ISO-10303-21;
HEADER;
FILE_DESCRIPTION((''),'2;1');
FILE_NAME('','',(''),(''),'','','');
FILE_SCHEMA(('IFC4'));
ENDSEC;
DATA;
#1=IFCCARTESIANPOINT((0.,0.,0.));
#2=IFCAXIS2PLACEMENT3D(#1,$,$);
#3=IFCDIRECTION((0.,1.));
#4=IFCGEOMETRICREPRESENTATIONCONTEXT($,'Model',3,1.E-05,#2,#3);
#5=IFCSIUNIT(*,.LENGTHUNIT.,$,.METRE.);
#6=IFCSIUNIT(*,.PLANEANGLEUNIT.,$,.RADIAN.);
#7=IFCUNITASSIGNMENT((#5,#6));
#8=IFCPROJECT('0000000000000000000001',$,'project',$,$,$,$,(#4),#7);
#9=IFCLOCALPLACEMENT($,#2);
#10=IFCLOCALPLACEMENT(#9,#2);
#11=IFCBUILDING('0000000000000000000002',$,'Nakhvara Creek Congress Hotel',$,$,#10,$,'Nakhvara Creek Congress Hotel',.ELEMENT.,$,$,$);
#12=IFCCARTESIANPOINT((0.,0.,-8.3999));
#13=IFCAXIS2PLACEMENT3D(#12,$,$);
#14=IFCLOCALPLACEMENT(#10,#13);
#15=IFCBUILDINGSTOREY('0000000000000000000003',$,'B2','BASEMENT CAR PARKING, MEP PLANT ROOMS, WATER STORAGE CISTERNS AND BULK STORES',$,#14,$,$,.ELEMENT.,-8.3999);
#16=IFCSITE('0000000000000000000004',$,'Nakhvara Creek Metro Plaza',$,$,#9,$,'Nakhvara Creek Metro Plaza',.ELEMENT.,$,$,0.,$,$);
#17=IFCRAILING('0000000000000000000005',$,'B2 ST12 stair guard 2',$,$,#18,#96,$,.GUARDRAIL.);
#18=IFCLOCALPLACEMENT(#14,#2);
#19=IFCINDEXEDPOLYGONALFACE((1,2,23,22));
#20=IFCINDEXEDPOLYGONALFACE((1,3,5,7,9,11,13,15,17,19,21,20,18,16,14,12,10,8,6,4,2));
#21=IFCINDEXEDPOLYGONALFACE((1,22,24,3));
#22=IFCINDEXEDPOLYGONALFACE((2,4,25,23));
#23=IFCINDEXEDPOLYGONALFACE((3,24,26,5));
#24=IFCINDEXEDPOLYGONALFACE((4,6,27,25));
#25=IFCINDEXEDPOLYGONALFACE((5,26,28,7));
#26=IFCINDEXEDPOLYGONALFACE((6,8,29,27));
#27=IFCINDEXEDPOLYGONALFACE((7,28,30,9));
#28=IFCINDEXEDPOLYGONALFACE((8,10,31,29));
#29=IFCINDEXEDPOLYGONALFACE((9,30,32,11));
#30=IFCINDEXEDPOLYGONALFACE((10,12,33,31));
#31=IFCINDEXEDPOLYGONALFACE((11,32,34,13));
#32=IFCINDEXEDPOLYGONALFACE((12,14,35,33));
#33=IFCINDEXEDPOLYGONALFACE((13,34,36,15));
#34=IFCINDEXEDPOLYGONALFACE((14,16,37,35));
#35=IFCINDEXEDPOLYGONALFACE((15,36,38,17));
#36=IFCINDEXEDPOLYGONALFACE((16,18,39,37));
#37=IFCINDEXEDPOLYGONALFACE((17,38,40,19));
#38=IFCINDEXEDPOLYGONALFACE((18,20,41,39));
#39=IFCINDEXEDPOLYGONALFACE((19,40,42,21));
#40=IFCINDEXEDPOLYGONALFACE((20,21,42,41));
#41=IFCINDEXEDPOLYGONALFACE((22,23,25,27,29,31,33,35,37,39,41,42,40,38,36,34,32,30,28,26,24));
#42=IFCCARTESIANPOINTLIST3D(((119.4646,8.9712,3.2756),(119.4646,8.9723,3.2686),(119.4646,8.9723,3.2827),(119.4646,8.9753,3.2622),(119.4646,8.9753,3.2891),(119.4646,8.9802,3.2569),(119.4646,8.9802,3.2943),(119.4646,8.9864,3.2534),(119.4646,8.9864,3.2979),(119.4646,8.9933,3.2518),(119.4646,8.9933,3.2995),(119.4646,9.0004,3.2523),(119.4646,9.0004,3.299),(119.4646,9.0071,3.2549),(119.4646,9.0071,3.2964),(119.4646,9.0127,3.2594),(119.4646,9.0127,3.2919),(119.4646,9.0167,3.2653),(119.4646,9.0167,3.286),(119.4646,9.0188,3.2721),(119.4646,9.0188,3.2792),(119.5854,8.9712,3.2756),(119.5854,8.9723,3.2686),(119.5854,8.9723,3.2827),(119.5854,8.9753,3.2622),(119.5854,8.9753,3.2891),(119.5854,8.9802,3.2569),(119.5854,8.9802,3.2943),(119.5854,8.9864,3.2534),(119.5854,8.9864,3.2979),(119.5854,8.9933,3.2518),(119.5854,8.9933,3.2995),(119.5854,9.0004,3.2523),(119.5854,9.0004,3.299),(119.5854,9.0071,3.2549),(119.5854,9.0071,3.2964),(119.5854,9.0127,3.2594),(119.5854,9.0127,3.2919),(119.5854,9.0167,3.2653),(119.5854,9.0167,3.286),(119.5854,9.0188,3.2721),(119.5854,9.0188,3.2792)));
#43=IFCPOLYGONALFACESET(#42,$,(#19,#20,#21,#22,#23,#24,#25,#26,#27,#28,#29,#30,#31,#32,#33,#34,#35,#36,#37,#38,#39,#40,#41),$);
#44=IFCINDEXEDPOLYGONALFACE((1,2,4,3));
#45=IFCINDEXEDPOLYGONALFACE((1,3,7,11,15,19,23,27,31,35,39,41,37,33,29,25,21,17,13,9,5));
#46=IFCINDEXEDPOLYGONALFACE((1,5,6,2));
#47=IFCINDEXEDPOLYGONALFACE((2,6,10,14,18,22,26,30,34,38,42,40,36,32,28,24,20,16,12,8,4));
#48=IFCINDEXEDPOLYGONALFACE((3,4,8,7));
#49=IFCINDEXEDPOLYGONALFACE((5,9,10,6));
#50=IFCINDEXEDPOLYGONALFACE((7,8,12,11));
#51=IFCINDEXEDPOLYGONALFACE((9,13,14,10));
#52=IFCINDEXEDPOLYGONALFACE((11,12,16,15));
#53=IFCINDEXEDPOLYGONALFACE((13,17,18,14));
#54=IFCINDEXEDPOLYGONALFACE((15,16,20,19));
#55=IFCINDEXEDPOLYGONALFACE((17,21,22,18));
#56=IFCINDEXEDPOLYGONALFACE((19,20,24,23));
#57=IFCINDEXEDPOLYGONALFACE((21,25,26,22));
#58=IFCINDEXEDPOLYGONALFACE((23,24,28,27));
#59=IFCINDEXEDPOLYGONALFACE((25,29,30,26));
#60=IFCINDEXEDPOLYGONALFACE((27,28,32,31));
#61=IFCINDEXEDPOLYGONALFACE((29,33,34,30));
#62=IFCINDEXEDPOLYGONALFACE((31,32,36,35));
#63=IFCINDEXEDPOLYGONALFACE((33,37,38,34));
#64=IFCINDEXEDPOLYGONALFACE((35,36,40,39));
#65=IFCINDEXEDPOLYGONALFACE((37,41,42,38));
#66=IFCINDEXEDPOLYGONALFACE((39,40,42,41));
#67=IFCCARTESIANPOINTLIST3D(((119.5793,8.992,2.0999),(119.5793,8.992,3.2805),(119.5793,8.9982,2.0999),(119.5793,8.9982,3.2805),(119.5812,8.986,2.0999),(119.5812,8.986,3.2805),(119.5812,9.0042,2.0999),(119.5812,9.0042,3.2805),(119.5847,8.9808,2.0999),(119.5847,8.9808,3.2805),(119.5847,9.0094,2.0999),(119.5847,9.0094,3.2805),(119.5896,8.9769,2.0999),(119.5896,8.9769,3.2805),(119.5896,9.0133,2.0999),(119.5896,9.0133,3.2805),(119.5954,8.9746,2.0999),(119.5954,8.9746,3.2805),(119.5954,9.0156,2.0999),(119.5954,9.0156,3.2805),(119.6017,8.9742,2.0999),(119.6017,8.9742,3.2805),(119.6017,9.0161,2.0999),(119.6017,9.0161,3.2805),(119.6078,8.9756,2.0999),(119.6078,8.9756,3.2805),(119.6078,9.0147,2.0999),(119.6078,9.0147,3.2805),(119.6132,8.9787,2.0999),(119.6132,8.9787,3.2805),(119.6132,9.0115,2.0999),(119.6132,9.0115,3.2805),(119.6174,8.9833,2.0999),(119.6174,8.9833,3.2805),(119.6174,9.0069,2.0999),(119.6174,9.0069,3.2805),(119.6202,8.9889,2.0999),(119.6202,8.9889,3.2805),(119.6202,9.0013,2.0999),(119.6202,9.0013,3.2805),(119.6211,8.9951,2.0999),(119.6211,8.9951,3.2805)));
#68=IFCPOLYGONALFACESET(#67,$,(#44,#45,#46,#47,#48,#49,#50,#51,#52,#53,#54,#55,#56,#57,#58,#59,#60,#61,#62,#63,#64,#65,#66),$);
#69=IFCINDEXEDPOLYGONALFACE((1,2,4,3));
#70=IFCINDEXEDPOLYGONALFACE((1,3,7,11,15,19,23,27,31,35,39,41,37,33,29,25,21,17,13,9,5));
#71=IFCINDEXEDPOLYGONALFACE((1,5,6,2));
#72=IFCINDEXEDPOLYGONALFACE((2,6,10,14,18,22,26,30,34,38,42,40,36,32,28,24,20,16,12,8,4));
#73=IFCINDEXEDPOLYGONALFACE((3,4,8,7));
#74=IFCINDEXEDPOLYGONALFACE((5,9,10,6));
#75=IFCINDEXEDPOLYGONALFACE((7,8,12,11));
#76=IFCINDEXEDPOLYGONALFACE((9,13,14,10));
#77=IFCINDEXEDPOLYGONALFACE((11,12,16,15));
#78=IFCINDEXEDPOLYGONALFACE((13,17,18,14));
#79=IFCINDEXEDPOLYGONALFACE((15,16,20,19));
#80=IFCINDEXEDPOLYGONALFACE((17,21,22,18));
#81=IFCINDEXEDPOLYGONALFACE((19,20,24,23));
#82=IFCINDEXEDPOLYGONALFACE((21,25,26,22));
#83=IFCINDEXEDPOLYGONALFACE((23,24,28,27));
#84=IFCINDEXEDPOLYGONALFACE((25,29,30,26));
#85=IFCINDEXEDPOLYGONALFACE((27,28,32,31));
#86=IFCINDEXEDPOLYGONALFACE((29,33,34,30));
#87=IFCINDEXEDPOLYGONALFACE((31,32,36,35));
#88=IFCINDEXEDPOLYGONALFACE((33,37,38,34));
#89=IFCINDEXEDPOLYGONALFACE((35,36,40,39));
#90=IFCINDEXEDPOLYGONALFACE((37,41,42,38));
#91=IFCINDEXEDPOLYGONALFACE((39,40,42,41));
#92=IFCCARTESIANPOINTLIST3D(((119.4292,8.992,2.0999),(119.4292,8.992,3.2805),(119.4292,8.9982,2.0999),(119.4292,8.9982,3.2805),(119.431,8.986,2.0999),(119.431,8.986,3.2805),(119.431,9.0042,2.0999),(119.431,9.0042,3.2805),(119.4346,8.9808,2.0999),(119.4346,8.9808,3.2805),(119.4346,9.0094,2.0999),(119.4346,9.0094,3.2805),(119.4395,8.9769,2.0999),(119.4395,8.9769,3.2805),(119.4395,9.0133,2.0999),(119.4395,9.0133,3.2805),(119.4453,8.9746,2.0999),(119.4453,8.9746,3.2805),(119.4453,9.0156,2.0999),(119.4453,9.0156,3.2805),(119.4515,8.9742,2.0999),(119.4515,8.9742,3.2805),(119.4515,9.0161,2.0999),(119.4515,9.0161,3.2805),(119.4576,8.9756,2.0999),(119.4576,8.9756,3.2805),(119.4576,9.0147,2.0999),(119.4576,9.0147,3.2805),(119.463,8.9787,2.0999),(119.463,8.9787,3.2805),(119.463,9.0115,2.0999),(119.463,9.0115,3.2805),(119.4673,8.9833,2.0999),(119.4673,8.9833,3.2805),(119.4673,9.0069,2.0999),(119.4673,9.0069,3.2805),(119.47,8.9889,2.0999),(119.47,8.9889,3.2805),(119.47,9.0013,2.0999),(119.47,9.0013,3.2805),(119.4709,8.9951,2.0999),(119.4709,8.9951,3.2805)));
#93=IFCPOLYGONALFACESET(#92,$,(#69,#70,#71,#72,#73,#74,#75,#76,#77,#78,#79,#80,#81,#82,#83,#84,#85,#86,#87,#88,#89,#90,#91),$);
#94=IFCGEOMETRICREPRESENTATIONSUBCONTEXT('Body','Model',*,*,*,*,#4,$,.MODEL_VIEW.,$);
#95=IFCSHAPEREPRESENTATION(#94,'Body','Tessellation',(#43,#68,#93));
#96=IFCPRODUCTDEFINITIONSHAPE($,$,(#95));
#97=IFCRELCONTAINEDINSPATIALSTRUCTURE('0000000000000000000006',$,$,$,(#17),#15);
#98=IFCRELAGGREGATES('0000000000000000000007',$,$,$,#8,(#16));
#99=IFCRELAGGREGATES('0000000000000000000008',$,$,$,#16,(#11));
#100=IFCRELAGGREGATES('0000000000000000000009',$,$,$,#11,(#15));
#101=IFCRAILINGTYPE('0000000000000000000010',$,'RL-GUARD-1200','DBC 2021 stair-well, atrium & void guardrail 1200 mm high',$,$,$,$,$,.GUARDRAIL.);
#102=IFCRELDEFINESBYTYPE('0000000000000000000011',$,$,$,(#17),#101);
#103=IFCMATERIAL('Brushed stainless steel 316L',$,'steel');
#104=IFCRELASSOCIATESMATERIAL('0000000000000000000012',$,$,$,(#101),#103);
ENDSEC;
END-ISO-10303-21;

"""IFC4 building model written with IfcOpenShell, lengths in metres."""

from ifc_helpers import new_model, si_unit, direction, frame, origin, origin_2d, place, context, subcontext, project, spatial, circle, extrude, material, type_object, element, save


model = new_model("IFC4")

# Units and contexts
model_context = context("Model", 3, precision=1e-05, world=origin(), true_north=direction((0.0, 1.0)))
body_context = subcontext(model_context, "Body", "Model", "MODEL_VIEW")
ifc_project = project(units=[si_unit("LENGTHUNIT", "METRE"), si_unit("PLANEANGLEUNIT", "RADIAN")], contexts=[model_context])

# Site, building, storey
site_placement = place(None, origin())
site = spatial("IfcSite", under=ifc_project, at=site_placement, Name="Nakhvara Creek Metro Plaza", LongName="Nakhvara Creek Metro Plaza", CompositionType="ELEMENT", RefElevation=0.0)
building_placement = place(site_placement, origin())
building = spatial("IfcBuilding", under=site, at=building_placement, Name="Nakhvara Creek Congress Hotel", LongName="Nakhvara Creek Congress Hotel", CompositionType="ELEMENT")
storey_placement = place(building_placement, frame((0.0, 0.0, -8.3999)))
storey = spatial("IfcBuildingStorey", under=building, at=storey_placement, Name="B2", Description="BASEMENT CAR PARKING, MEP PLANT ROOMS, WATER STORAGE CISTERNS AND BULK STORES", CompositionType="ELEMENT", Elevation=-8.3999)

# Railing
ifc_material_1 = material(Name="Brushed stainless steel 316L", Category="steel")
railing_type_1 = type_object("IfcRailingType", Name="RL-GUARD-1200", Description="DBC 2021 stair-well, atrium & void guardrail 1200 mm high", PredefinedType="GUARDRAIL", material=ifc_material_1)
railing_1_placement = place(storey_placement, frame((119.6001, 8.9951, 2.0999)))
element("IfcRailing", 1, at=railing_1_placement, inside=storey, type_object=railing_type_1, Name="B2 ST12 stair guard 2", PredefinedType="GUARDRAIL", context=body_context, shape_type="SweptSolid", body=[
    extrude(circle(Radius=0.0239, at=origin_2d()), frame((-0.0146, 0.0, 1.1758), z_axis=(-1.0, 0.0, 0.0), x_axis=(0.0, -1.0, 0.0)), (0.0, 0.0, 1.0), 0.1208),
    extrude(circle(Radius=0.021, at=origin_2d()), origin(), (0.0, 0.0, 1.0), 1.1807),
    extrude(circle(Radius=0.021, at=origin_2d()), frame((-0.1501, 0.0, 0.0)), (0.0, 0.0, 1.0), 1.1807),
])

save(model, "model.ifc")
